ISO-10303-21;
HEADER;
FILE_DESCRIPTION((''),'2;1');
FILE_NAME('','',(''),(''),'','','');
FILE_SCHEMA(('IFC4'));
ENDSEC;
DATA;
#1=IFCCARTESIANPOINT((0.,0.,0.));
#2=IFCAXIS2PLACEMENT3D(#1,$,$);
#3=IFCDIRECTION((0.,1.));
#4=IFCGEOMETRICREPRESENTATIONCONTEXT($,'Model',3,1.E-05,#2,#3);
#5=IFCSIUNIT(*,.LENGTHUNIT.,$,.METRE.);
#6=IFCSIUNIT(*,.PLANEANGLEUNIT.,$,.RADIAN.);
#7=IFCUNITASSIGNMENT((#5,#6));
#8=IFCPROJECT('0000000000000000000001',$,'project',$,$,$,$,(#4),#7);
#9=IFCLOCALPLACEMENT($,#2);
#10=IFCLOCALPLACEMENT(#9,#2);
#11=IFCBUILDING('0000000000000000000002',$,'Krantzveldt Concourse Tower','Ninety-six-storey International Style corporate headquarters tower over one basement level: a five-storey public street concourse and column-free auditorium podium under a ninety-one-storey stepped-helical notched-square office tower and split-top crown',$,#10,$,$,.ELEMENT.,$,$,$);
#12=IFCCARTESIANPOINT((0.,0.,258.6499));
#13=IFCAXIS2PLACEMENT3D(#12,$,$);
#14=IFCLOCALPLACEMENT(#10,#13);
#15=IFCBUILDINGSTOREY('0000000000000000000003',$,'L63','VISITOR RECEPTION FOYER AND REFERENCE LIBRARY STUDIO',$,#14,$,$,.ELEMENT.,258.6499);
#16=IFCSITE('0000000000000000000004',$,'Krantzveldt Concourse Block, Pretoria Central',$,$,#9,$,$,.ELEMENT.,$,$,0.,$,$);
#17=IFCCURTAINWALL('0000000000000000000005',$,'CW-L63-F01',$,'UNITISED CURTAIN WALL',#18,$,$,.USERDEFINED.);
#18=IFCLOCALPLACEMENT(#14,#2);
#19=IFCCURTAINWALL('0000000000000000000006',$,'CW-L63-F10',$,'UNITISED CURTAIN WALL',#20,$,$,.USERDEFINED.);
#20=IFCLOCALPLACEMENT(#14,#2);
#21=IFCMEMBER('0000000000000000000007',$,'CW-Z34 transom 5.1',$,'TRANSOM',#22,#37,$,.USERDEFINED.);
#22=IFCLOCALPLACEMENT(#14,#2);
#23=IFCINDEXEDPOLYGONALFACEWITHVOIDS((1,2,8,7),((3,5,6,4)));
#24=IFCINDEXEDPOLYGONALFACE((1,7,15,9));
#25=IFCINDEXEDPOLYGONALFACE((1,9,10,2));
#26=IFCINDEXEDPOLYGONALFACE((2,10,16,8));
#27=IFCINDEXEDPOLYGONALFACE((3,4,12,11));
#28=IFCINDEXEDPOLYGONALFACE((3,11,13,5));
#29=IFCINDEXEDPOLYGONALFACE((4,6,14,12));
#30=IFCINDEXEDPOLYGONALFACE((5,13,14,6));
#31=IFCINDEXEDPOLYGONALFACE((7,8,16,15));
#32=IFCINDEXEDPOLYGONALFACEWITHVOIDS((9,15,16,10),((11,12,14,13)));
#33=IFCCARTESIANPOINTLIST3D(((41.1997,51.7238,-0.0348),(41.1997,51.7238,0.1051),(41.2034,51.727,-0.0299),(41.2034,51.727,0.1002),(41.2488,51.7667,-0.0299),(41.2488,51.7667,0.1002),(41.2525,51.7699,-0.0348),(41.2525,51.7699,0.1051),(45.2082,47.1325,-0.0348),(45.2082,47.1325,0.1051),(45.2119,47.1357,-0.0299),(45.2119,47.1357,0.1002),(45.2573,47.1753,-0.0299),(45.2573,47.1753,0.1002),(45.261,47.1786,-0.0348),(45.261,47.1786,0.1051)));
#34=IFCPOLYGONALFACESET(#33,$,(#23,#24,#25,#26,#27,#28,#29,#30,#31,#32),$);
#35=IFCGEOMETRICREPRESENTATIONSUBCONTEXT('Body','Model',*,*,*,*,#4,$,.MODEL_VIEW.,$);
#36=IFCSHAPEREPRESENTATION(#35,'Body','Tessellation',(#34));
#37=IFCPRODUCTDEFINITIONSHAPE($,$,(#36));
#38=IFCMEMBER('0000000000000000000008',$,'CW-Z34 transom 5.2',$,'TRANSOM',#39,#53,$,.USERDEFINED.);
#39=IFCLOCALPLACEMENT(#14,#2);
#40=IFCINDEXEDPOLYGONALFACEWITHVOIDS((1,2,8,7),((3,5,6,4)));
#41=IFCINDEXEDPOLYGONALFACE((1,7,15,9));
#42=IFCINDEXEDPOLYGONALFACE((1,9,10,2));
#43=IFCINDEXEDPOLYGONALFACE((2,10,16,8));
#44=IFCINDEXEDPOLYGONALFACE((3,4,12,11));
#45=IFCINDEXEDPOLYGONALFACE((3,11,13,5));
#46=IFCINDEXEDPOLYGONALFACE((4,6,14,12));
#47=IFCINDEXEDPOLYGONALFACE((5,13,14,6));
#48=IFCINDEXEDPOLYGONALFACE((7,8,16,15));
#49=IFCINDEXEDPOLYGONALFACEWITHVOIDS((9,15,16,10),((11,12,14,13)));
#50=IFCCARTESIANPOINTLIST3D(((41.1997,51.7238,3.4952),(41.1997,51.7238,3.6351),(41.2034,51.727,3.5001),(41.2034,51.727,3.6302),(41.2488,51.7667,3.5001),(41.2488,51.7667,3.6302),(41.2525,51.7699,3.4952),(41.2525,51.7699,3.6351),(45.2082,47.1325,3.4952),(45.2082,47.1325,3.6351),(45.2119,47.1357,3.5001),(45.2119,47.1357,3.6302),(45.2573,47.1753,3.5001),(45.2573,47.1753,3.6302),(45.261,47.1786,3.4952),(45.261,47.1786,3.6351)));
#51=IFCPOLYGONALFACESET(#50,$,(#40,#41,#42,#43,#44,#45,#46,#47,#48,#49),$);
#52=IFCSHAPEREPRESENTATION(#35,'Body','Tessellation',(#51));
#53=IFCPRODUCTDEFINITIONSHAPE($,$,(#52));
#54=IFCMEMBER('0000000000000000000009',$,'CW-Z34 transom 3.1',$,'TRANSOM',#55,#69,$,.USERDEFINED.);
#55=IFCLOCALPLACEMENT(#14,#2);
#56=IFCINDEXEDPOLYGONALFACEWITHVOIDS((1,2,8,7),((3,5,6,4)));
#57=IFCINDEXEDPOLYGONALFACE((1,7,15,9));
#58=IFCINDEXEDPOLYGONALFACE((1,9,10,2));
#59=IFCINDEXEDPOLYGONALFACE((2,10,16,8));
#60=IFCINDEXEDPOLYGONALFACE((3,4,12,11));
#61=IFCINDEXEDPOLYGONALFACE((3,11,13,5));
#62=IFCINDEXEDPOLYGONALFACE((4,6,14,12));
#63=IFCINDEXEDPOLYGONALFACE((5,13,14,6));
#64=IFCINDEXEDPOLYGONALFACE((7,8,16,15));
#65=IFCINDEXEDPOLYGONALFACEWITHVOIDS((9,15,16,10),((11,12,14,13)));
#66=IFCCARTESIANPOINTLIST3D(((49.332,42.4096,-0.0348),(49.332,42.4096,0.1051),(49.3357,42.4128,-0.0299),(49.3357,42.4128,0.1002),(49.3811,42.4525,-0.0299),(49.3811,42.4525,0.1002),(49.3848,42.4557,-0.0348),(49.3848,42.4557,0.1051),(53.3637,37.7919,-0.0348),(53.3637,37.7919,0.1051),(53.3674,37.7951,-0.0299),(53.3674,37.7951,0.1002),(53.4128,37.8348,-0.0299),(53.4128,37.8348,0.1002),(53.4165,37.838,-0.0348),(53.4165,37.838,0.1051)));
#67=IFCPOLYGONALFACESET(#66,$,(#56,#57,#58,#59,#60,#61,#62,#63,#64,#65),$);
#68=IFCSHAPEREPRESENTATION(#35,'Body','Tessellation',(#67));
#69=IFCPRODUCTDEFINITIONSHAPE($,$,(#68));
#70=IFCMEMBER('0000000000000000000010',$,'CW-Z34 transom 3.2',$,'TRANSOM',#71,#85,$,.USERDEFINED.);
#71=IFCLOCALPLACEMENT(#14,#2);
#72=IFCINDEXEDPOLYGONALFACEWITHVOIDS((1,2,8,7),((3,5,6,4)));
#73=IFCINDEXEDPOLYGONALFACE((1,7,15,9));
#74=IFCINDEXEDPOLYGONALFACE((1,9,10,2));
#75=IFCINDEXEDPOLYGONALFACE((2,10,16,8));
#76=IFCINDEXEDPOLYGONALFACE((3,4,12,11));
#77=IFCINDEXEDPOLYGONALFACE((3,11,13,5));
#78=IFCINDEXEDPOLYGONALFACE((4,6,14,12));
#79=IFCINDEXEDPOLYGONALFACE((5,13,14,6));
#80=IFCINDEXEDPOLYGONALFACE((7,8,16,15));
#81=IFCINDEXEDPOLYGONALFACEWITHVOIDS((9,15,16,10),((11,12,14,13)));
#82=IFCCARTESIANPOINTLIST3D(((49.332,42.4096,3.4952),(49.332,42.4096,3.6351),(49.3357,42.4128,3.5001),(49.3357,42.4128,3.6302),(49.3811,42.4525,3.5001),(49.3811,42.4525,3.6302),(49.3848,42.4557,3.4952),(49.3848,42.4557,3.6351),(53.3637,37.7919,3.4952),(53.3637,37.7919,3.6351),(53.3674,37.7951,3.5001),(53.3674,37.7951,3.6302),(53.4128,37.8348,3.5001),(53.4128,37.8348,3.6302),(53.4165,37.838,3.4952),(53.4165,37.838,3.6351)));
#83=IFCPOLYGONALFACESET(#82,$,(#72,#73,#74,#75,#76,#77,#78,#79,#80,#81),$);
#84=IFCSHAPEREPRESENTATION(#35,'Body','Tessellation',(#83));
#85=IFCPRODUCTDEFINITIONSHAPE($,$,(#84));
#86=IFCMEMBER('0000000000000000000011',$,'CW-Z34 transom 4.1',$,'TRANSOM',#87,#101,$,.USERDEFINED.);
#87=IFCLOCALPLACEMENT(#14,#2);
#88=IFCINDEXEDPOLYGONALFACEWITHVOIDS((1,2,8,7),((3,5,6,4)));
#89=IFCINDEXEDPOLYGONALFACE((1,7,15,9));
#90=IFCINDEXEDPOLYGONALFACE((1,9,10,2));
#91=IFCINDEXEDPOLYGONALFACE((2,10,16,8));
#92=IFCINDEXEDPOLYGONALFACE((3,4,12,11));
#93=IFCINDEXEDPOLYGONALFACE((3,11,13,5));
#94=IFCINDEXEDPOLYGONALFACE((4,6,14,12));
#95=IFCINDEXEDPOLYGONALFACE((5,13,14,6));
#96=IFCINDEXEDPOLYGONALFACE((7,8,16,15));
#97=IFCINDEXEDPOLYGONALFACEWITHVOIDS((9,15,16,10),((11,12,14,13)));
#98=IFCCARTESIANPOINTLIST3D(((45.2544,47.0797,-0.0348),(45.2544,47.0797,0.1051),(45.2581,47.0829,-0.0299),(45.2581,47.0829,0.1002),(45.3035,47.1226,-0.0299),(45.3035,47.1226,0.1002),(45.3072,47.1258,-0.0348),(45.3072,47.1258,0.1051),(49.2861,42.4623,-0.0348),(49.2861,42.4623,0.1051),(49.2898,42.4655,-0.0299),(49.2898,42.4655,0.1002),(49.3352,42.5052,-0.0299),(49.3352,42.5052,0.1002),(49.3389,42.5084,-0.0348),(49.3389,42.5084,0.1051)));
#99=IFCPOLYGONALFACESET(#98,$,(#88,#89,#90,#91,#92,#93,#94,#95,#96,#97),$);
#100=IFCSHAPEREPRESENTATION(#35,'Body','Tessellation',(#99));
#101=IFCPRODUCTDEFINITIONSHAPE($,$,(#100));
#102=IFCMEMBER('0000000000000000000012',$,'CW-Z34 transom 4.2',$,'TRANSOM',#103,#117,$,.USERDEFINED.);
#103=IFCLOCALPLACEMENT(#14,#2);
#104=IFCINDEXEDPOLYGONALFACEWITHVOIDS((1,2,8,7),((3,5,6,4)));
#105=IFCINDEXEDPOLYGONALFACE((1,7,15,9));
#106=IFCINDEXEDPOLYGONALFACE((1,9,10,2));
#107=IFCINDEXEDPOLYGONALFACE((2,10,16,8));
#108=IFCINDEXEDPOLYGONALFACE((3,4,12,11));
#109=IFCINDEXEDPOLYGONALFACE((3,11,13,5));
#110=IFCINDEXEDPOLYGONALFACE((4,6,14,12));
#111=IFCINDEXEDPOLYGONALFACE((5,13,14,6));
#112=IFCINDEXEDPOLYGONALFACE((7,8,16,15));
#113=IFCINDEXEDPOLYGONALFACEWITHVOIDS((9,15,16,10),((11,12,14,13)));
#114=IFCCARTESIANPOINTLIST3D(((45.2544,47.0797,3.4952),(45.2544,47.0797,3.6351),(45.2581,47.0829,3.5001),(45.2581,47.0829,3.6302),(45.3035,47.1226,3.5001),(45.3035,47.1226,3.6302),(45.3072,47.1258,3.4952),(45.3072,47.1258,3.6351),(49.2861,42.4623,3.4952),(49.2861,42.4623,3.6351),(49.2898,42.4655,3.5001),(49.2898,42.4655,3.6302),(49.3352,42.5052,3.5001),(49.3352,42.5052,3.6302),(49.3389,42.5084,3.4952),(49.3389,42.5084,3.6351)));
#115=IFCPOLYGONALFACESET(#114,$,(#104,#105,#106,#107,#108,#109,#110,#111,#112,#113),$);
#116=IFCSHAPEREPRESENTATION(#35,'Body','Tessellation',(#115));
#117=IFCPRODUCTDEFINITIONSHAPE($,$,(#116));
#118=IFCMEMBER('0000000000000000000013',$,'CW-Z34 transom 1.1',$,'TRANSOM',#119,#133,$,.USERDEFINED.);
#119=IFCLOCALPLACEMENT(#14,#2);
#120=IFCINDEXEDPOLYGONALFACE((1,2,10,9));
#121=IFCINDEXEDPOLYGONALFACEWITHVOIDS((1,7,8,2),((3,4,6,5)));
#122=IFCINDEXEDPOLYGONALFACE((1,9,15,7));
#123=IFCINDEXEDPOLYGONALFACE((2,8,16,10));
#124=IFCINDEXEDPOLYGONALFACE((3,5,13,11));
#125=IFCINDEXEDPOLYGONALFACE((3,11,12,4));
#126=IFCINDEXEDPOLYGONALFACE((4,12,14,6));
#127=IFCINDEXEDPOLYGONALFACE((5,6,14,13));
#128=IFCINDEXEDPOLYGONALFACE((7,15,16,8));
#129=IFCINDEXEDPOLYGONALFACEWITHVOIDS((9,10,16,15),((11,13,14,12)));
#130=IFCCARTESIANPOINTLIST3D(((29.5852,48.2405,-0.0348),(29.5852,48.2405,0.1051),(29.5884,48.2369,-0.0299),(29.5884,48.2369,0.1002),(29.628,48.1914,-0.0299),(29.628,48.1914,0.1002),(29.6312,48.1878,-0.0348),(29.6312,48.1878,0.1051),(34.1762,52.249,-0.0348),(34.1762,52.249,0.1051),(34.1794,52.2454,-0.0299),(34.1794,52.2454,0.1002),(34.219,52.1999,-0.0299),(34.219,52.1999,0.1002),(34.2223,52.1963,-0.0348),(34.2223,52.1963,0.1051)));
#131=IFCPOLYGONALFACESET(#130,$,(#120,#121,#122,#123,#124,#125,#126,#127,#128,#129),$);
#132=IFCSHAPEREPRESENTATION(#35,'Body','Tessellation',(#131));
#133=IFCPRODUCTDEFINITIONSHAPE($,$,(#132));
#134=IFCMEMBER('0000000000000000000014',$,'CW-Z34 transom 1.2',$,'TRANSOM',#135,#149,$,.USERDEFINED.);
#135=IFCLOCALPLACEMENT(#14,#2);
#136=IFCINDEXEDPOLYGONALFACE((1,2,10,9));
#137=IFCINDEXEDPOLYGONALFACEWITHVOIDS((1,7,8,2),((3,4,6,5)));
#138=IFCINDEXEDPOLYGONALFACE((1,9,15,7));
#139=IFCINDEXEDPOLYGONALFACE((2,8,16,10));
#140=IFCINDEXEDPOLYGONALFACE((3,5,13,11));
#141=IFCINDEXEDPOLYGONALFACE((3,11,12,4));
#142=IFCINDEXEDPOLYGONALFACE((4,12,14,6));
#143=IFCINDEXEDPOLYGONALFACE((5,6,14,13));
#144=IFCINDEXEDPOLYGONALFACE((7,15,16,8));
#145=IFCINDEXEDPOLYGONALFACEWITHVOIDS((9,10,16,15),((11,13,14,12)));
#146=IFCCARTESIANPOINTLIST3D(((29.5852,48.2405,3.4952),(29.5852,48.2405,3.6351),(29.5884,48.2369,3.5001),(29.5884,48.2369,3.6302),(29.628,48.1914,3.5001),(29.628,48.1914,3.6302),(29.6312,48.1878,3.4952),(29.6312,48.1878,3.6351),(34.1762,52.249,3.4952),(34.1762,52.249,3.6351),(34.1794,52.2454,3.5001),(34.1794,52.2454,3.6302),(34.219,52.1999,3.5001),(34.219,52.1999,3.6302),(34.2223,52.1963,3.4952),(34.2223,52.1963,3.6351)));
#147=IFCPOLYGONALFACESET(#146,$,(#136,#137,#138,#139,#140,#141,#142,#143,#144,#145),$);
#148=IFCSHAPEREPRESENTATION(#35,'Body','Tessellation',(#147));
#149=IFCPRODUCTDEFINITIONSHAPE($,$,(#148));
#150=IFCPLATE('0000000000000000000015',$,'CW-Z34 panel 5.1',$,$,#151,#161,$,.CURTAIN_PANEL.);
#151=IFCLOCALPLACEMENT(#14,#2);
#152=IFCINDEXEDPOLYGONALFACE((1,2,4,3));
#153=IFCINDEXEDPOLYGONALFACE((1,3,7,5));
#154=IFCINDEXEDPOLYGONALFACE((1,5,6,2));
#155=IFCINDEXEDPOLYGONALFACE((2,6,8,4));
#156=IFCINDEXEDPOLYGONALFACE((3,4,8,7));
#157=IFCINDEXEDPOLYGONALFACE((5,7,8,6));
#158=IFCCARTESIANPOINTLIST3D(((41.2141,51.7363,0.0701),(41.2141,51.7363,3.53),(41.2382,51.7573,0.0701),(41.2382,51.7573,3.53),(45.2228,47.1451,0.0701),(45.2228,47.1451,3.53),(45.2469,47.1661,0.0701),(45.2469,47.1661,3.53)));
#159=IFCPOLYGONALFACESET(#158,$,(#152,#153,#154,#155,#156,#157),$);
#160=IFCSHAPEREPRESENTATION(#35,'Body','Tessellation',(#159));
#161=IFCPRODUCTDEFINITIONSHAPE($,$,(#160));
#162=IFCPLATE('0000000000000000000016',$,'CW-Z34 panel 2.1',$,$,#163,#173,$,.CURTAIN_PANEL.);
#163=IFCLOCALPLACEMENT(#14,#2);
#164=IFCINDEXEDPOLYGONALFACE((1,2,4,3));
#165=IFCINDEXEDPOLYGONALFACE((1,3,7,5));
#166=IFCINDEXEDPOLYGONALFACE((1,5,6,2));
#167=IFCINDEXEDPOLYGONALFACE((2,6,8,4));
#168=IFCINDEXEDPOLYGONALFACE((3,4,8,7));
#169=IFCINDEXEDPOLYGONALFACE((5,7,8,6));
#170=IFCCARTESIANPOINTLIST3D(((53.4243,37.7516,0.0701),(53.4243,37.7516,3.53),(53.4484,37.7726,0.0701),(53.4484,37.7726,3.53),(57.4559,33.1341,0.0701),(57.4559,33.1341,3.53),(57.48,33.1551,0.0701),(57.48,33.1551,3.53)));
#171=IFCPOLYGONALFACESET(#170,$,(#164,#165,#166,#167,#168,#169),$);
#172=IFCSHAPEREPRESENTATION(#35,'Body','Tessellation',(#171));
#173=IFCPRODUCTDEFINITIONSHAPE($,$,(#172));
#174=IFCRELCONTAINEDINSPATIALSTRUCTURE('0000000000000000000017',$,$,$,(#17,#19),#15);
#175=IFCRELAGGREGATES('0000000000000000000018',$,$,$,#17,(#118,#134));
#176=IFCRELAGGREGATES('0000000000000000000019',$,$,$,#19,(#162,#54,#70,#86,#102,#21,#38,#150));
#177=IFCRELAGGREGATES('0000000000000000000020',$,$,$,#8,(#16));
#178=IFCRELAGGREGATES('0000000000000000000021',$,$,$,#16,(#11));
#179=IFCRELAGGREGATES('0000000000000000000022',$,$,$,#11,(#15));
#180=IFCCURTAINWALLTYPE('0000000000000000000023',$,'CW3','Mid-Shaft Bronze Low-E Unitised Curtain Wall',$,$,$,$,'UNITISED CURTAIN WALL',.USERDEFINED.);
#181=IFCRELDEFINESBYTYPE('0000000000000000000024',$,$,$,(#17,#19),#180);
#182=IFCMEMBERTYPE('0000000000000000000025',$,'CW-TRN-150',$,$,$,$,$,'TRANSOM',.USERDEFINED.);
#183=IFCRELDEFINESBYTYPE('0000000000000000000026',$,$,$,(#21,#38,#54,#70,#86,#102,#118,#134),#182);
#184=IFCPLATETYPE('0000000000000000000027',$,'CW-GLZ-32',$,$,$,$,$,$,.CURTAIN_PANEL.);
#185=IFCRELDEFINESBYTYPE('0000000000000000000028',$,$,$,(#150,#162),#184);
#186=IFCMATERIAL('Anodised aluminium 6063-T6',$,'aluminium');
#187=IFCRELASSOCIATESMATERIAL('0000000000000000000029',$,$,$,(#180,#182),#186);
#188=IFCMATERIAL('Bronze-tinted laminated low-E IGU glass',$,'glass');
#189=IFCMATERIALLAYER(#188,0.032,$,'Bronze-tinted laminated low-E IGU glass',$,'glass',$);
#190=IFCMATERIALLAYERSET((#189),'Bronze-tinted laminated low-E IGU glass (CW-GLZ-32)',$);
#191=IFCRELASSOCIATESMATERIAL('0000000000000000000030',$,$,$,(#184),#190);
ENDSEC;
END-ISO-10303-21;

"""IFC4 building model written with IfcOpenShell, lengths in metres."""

from ifc_helpers import new_model, si_unit, direction, frame, origin, origin_2d, place, context, subcontext, project, spatial, rectangle, hollow_rectangle, extrude, source, transform, mapped, material, layer, layer_set, material_profile, profile_set, type_object, type_shapes, element, aggregate, save


model = new_model("IFC4")

# Units and contexts
model_context = context("Model", 3, precision=1e-05, world=origin(), true_north=direction((0.0, 1.0)))
body_context = subcontext(model_context, "Body", "Model", "MODEL_VIEW")
ifc_project = project(units=[si_unit("LENGTHUNIT", "METRE"), si_unit("PLANEANGLEUNIT", "RADIAN")], contexts=[model_context])

# Site, building, storey
site_placement = place(None, origin())
site = spatial("IfcSite", under=ifc_project, at=site_placement, Name="Krantzveldt Concourse Block, Pretoria Central", CompositionType="ELEMENT", RefElevation=0.0)
building_placement = place(site_placement, origin())
building = spatial("IfcBuilding", under=site, at=building_placement, Name="Krantzveldt Concourse Tower", Description="Ninety-six-storey International Style corporate headquarters tower over one basement level: a five-storey public street concourse and column-free auditorium podium under a ninety-one-storey stepped-helical notched-square office tower and split-top crown", CompositionType="ELEMENT")
storey_placement = place(building_placement, frame((0.0, 0.0, 258.6499)))
storey = spatial("IfcBuildingStorey", under=building, at=storey_placement, Name="L63", Description="VISITOR RECEPTION FOYER AND REFERENCE LIBRARY STUDIO", CompositionType="ELEMENT", Elevation=258.6499)

# Curtain wall
ifc_material_1 = material(Name="Anodised aluminium 6063-T6", Category="aluminium")
curtain_wall_type = type_object("IfcCurtainWallType", Name="CW3", Description="Mid-Shaft Bronze Low-E Unitised Curtain Wall", ElementType="UNITISED CURTAIN WALL", PredefinedType="USERDEFINED", material=ifc_material_1)
curtain_wall_1_placement = place(storey_placement, origin())
curtain_wall_1 = element("IfcCurtainWall", 1, at=curtain_wall_1_placement, inside=storey, type_object=curtain_wall_type, Name="CW-L63-F01", ObjectType="UNITISED CURTAIN WALL", PredefinedType="USERDEFINED")

# Curtain wall, members
curtain_wall_2_placement = place(storey_placement, origin())
curtain_wall_2 = element("IfcCurtainWall", 2, at=curtain_wall_2_placement, inside=storey, type_object=curtain_wall_type, Name="CW-L63-F10", ObjectType="UNITISED CURTAIN WALL", PredefinedType="USERDEFINED")
ifc_material_profile_1 = material_profile(ifc_material_1, hollow_rectangle(XDim=0.0701, YDim=0.1399, WallThickness=0.0049, at=origin_2d()), Name="Anodised aluminium 6063-T6", Category="aluminium")
ifc_profile_set_1 = profile_set([ifc_material_profile_1], Name="Anodised aluminium 6063-T6 - ALU-TRAN 140x70x5")
member_type_1 = type_object("IfcMemberType", Name="CW-TRN-150", ElementType="TRANSOM", PredefinedType="USERDEFINED", material=ifc_profile_set_1)
shared_shape_1 = source(origin(), body_context, "Body", "SweptSolid", [
    extrude(hollow_rectangle(XDim=0.0701, YDim=0.1399, WallThickness=0.0049, at=origin_2d()), origin(), (0.0, 0.0, 1.0), 6.095),
])
member_1_placement = place(storey_placement, frame((45.2346, 47.1555, 0.0352), z_axis=(-0.657682, 0.753296, 0.0), x_axis=(-0.753296, -0.657682, 0.0)))
member_1 = element("IfcMember", 3, at=member_1_placement, type_object=member_type_1, Name="CW-Z34 transom 5.1", ObjectType="TRANSOM", PredefinedType="USERDEFINED", context=body_context, shape_type="MappedRepresentation", body=[
    mapped(shared_shape_1, transform((0.0, 0.0, 0.0), x_axis=(1.0, 0.0, 0.0), y_axis=(0.0, 1.0, 0.0), z_axis=(0.0, 0.0, 1.0), scale=1.0)),
])
member_2_placement = place(storey_placement, frame((45.2346, 47.1555, 3.5652), z_axis=(-0.657682, 0.753296, 0.0), x_axis=(-0.753296, -0.657682, 0.0)))
member_2 = element("IfcMember", 4, at=member_2_placement, type_object=member_type_1, Name="CW-Z34 transom 5.2", ObjectType="TRANSOM", PredefinedType="USERDEFINED", context=body_context, shape_type="MappedRepresentation", body=[
    mapped(shared_shape_1, transform((0.0, 0.0, 0.0), x_axis=(1.0, 0.0, 0.0), y_axis=(0.0, 1.0, 0.0), z_axis=(0.0, 0.0, 1.0), scale=1.0)),
])
shared_shape_2 = source(origin(), body_context, "Body", "SweptSolid", [
    extrude(hollow_rectangle(XDim=0.0701, YDim=0.1399, WallThickness=0.0049, at=origin_2d()), origin(), (0.0, 0.0, 1.0), 6.1301),
])
member_3_placement = place(storey_placement, frame((53.3901, 37.8149, 0.0352), z_axis=(-0.657698, 0.753282, 0.0), x_axis=(-0.753282, -0.657698, 0.0)))
member_3 = element("IfcMember", 5, at=member_3_placement, type_object=member_type_1, Name="CW-Z34 transom 3.1", ObjectType="TRANSOM", PredefinedType="USERDEFINED", context=body_context, shape_type="MappedRepresentation", body=[
    mapped(shared_shape_2, transform((0.0, 0.0, 0.0), x_axis=(1.0, 0.0, 0.0), y_axis=(0.0, 1.0, 0.0), z_axis=(0.0, 0.0, 1.0), scale=1.0)),
])
member_4_placement = place(storey_placement, frame((53.3901, 37.8149, 3.5652), z_axis=(-0.657698, 0.753282, 0.0), x_axis=(-0.753282, -0.657698, 0.0)))
member_4 = element("IfcMember", 6, at=member_4_placement, type_object=member_type_1, Name="CW-Z34 transom 3.2", ObjectType="TRANSOM", PredefinedType="USERDEFINED", context=body_context, shape_type="MappedRepresentation", body=[
    mapped(shared_shape_2, transform((0.0, 0.0, 0.0), x_axis=(1.0, 0.0, 0.0), y_axis=(0.0, 1.0, 0.0), z_axis=(0.0, 0.0, 1.0), scale=1.0)),
])
shared_shape_3 = source(origin(), body_context, "Body", "SweptSolid", [
    extrude(hollow_rectangle(XDim=0.0701, YDim=0.1399, WallThickness=0.0049, at=origin_2d()), origin(), (0.0, 0.0, 1.0), 6.1299),
])
member_5_placement = place(storey_placement, frame((49.3125, 42.4854, 0.0352), z_axis=(-0.657718, 0.753265, 0.0), x_axis=(-0.753265, -0.657718, 0.0)))
member_5 = element("IfcMember", 7, at=member_5_placement, type_object=member_type_1, Name="CW-Z34 transom 4.1", ObjectType="TRANSOM", PredefinedType="USERDEFINED", context=body_context, shape_type="MappedRepresentation", body=[
    mapped(shared_shape_3, transform((0.0, 0.0, 0.0), x_axis=(1.0, 0.0, 0.0), y_axis=(0.0, 1.0, 0.0), z_axis=(0.0, 0.0, 1.0), scale=1.0)),
])
member_6_placement = place(storey_placement, frame((49.3125, 42.4854, 3.5652), z_axis=(-0.657718, 0.753265, 0.0), x_axis=(-0.753265, -0.657718, 0.0)))
member_6 = element("IfcMember", 8, at=member_6_placement, type_object=member_type_1, Name="CW-Z34 transom 4.2", ObjectType="TRANSOM", PredefinedType="USERDEFINED", context=body_context, shape_type="MappedRepresentation", body=[
    mapped(shared_shape_3, transform((0.0, 0.0, 0.0), x_axis=(1.0, 0.0, 0.0), y_axis=(0.0, 1.0, 0.0), z_axis=(0.0, 0.0, 1.0), scale=1.0)),
])

# Members
shared_shape_4 = source(origin(), body_context, "Body", "SweptSolid", [
    extrude(hollow_rectangle(XDim=0.0701, YDim=0.1399, WallThickness=0.0049, at=origin_2d()), origin(), (0.0, 0.0, 1.0), 6.0947),
])
type_shapes(member_type_1, [shared_shape_1, shared_shape_2, shared_shape_3, shared_shape_4])
member_7_placement = place(storey_placement, frame((34.1992, 52.2227, 0.0352), z_axis=(-0.753279, -0.657702, 0.0), x_axis=(0.657702, -0.753279, 0.0)))
member_7 = element("IfcMember", 9, at=member_7_placement, type_object=member_type_1, Name="CW-Z34 transom 1.1", ObjectType="TRANSOM", PredefinedType="USERDEFINED", context=body_context, shape_type="MappedRepresentation", body=[
    mapped(shared_shape_4, transform((0.0, 0.0, 0.0), x_axis=(1.0, 0.0, 0.0), y_axis=(0.0, 1.0, 0.0), z_axis=(0.0, 0.0, 1.0), scale=1.0)),
])
member_8_placement = place(storey_placement, frame((34.1992, 52.2227, 3.5652), z_axis=(-0.753279, -0.657702, 0.0), x_axis=(0.657702, -0.753279, 0.0)))
member_8 = element("IfcMember", 10, at=member_8_placement, type_object=member_type_1, Name="CW-Z34 transom 1.2", ObjectType="TRANSOM", PredefinedType="USERDEFINED", context=body_context, shape_type="MappedRepresentation", body=[
    mapped(shared_shape_4, transform((0.0, 0.0, 0.0), x_axis=(1.0, 0.0, 0.0), y_axis=(0.0, 1.0, 0.0), z_axis=(0.0, 0.0, 1.0), scale=1.0)),
])
aggregate(curtain_wall_1, [member_7, member_8])

# Plates
ifc_material_2 = material(Name="Bronze-tinted laminated low-E IGU glass", Category="glass")
ifc_layer_1 = layer(ifc_material_2, 0.032, Name="Bronze-tinted laminated low-E IGU glass", Category="glass")
ifc_layer_set_1 = layer_set([ifc_layer_1], Name="Bronze-tinted laminated low-E IGU glass (CW-GLZ-32)")
plate_type = type_object("IfcPlateType", Name="CW-GLZ-32", PredefinedType="CURTAIN_PANEL", material=ifc_layer_set_1)
shared_shape_5 = source(origin(), body_context, "Body", "SweptSolid", [
    extrude(rectangle(XDim=6.095, YDim=0.032, at=origin_2d()), origin(), (0.0, 0.0, 1.0), 3.46),
])
plate_1_placement = place(storey_placement, frame((43.2305, 49.4512, 0.0701), z_axis=(0.0, 0.0, 1.0), x_axis=(-0.657704, 0.753277, 0.0)))
plate_1 = element("IfcPlate", 11, at=plate_1_placement, type_object=plate_type, Name="CW-Z34 panel 5.1", PredefinedType="CURTAIN_PANEL", context=body_context, shape_type="MappedRepresentation", body=[
    mapped(shared_shape_5, transform((0.0, 0.0, 0.0), x_axis=(1.0, 0.0, 0.0), y_axis=(0.0, 1.0, 0.0), z_axis=(0.0, 0.0, 1.0), scale=1.0)),
])
shared_shape_6 = source(origin(), body_context, "Body", "SweptSolid", [
    extrude(rectangle(XDim=6.1299, YDim=0.032, at=origin_2d()), origin(), (0.0, 0.0, 1.0), 3.46),
])
type_shapes(plate_type, [shared_shape_5, shared_shape_6])
plate_2_placement = place(storey_placement, frame((55.4521, 35.4534, 0.0701), z_axis=(0.0, 0.0, 1.0), x_axis=(-0.657704, 0.753277, 0.0)))
plate_2 = element("IfcPlate", 12, at=plate_2_placement, type_object=plate_type, Name="CW-Z34 panel 2.1", PredefinedType="CURTAIN_PANEL", context=body_context, shape_type="MappedRepresentation", body=[
    mapped(shared_shape_6, transform((0.0, 0.0, 0.0), x_axis=(1.0, 0.0, 0.0), y_axis=(0.0, 1.0, 0.0), z_axis=(0.0, 0.0, 1.0), scale=1.0)),
])
aggregate(curtain_wall_2, [plate_2, member_3, member_4, member_5, member_6, member_1, member_2, plate_1])

save(model, "model.ifc")
